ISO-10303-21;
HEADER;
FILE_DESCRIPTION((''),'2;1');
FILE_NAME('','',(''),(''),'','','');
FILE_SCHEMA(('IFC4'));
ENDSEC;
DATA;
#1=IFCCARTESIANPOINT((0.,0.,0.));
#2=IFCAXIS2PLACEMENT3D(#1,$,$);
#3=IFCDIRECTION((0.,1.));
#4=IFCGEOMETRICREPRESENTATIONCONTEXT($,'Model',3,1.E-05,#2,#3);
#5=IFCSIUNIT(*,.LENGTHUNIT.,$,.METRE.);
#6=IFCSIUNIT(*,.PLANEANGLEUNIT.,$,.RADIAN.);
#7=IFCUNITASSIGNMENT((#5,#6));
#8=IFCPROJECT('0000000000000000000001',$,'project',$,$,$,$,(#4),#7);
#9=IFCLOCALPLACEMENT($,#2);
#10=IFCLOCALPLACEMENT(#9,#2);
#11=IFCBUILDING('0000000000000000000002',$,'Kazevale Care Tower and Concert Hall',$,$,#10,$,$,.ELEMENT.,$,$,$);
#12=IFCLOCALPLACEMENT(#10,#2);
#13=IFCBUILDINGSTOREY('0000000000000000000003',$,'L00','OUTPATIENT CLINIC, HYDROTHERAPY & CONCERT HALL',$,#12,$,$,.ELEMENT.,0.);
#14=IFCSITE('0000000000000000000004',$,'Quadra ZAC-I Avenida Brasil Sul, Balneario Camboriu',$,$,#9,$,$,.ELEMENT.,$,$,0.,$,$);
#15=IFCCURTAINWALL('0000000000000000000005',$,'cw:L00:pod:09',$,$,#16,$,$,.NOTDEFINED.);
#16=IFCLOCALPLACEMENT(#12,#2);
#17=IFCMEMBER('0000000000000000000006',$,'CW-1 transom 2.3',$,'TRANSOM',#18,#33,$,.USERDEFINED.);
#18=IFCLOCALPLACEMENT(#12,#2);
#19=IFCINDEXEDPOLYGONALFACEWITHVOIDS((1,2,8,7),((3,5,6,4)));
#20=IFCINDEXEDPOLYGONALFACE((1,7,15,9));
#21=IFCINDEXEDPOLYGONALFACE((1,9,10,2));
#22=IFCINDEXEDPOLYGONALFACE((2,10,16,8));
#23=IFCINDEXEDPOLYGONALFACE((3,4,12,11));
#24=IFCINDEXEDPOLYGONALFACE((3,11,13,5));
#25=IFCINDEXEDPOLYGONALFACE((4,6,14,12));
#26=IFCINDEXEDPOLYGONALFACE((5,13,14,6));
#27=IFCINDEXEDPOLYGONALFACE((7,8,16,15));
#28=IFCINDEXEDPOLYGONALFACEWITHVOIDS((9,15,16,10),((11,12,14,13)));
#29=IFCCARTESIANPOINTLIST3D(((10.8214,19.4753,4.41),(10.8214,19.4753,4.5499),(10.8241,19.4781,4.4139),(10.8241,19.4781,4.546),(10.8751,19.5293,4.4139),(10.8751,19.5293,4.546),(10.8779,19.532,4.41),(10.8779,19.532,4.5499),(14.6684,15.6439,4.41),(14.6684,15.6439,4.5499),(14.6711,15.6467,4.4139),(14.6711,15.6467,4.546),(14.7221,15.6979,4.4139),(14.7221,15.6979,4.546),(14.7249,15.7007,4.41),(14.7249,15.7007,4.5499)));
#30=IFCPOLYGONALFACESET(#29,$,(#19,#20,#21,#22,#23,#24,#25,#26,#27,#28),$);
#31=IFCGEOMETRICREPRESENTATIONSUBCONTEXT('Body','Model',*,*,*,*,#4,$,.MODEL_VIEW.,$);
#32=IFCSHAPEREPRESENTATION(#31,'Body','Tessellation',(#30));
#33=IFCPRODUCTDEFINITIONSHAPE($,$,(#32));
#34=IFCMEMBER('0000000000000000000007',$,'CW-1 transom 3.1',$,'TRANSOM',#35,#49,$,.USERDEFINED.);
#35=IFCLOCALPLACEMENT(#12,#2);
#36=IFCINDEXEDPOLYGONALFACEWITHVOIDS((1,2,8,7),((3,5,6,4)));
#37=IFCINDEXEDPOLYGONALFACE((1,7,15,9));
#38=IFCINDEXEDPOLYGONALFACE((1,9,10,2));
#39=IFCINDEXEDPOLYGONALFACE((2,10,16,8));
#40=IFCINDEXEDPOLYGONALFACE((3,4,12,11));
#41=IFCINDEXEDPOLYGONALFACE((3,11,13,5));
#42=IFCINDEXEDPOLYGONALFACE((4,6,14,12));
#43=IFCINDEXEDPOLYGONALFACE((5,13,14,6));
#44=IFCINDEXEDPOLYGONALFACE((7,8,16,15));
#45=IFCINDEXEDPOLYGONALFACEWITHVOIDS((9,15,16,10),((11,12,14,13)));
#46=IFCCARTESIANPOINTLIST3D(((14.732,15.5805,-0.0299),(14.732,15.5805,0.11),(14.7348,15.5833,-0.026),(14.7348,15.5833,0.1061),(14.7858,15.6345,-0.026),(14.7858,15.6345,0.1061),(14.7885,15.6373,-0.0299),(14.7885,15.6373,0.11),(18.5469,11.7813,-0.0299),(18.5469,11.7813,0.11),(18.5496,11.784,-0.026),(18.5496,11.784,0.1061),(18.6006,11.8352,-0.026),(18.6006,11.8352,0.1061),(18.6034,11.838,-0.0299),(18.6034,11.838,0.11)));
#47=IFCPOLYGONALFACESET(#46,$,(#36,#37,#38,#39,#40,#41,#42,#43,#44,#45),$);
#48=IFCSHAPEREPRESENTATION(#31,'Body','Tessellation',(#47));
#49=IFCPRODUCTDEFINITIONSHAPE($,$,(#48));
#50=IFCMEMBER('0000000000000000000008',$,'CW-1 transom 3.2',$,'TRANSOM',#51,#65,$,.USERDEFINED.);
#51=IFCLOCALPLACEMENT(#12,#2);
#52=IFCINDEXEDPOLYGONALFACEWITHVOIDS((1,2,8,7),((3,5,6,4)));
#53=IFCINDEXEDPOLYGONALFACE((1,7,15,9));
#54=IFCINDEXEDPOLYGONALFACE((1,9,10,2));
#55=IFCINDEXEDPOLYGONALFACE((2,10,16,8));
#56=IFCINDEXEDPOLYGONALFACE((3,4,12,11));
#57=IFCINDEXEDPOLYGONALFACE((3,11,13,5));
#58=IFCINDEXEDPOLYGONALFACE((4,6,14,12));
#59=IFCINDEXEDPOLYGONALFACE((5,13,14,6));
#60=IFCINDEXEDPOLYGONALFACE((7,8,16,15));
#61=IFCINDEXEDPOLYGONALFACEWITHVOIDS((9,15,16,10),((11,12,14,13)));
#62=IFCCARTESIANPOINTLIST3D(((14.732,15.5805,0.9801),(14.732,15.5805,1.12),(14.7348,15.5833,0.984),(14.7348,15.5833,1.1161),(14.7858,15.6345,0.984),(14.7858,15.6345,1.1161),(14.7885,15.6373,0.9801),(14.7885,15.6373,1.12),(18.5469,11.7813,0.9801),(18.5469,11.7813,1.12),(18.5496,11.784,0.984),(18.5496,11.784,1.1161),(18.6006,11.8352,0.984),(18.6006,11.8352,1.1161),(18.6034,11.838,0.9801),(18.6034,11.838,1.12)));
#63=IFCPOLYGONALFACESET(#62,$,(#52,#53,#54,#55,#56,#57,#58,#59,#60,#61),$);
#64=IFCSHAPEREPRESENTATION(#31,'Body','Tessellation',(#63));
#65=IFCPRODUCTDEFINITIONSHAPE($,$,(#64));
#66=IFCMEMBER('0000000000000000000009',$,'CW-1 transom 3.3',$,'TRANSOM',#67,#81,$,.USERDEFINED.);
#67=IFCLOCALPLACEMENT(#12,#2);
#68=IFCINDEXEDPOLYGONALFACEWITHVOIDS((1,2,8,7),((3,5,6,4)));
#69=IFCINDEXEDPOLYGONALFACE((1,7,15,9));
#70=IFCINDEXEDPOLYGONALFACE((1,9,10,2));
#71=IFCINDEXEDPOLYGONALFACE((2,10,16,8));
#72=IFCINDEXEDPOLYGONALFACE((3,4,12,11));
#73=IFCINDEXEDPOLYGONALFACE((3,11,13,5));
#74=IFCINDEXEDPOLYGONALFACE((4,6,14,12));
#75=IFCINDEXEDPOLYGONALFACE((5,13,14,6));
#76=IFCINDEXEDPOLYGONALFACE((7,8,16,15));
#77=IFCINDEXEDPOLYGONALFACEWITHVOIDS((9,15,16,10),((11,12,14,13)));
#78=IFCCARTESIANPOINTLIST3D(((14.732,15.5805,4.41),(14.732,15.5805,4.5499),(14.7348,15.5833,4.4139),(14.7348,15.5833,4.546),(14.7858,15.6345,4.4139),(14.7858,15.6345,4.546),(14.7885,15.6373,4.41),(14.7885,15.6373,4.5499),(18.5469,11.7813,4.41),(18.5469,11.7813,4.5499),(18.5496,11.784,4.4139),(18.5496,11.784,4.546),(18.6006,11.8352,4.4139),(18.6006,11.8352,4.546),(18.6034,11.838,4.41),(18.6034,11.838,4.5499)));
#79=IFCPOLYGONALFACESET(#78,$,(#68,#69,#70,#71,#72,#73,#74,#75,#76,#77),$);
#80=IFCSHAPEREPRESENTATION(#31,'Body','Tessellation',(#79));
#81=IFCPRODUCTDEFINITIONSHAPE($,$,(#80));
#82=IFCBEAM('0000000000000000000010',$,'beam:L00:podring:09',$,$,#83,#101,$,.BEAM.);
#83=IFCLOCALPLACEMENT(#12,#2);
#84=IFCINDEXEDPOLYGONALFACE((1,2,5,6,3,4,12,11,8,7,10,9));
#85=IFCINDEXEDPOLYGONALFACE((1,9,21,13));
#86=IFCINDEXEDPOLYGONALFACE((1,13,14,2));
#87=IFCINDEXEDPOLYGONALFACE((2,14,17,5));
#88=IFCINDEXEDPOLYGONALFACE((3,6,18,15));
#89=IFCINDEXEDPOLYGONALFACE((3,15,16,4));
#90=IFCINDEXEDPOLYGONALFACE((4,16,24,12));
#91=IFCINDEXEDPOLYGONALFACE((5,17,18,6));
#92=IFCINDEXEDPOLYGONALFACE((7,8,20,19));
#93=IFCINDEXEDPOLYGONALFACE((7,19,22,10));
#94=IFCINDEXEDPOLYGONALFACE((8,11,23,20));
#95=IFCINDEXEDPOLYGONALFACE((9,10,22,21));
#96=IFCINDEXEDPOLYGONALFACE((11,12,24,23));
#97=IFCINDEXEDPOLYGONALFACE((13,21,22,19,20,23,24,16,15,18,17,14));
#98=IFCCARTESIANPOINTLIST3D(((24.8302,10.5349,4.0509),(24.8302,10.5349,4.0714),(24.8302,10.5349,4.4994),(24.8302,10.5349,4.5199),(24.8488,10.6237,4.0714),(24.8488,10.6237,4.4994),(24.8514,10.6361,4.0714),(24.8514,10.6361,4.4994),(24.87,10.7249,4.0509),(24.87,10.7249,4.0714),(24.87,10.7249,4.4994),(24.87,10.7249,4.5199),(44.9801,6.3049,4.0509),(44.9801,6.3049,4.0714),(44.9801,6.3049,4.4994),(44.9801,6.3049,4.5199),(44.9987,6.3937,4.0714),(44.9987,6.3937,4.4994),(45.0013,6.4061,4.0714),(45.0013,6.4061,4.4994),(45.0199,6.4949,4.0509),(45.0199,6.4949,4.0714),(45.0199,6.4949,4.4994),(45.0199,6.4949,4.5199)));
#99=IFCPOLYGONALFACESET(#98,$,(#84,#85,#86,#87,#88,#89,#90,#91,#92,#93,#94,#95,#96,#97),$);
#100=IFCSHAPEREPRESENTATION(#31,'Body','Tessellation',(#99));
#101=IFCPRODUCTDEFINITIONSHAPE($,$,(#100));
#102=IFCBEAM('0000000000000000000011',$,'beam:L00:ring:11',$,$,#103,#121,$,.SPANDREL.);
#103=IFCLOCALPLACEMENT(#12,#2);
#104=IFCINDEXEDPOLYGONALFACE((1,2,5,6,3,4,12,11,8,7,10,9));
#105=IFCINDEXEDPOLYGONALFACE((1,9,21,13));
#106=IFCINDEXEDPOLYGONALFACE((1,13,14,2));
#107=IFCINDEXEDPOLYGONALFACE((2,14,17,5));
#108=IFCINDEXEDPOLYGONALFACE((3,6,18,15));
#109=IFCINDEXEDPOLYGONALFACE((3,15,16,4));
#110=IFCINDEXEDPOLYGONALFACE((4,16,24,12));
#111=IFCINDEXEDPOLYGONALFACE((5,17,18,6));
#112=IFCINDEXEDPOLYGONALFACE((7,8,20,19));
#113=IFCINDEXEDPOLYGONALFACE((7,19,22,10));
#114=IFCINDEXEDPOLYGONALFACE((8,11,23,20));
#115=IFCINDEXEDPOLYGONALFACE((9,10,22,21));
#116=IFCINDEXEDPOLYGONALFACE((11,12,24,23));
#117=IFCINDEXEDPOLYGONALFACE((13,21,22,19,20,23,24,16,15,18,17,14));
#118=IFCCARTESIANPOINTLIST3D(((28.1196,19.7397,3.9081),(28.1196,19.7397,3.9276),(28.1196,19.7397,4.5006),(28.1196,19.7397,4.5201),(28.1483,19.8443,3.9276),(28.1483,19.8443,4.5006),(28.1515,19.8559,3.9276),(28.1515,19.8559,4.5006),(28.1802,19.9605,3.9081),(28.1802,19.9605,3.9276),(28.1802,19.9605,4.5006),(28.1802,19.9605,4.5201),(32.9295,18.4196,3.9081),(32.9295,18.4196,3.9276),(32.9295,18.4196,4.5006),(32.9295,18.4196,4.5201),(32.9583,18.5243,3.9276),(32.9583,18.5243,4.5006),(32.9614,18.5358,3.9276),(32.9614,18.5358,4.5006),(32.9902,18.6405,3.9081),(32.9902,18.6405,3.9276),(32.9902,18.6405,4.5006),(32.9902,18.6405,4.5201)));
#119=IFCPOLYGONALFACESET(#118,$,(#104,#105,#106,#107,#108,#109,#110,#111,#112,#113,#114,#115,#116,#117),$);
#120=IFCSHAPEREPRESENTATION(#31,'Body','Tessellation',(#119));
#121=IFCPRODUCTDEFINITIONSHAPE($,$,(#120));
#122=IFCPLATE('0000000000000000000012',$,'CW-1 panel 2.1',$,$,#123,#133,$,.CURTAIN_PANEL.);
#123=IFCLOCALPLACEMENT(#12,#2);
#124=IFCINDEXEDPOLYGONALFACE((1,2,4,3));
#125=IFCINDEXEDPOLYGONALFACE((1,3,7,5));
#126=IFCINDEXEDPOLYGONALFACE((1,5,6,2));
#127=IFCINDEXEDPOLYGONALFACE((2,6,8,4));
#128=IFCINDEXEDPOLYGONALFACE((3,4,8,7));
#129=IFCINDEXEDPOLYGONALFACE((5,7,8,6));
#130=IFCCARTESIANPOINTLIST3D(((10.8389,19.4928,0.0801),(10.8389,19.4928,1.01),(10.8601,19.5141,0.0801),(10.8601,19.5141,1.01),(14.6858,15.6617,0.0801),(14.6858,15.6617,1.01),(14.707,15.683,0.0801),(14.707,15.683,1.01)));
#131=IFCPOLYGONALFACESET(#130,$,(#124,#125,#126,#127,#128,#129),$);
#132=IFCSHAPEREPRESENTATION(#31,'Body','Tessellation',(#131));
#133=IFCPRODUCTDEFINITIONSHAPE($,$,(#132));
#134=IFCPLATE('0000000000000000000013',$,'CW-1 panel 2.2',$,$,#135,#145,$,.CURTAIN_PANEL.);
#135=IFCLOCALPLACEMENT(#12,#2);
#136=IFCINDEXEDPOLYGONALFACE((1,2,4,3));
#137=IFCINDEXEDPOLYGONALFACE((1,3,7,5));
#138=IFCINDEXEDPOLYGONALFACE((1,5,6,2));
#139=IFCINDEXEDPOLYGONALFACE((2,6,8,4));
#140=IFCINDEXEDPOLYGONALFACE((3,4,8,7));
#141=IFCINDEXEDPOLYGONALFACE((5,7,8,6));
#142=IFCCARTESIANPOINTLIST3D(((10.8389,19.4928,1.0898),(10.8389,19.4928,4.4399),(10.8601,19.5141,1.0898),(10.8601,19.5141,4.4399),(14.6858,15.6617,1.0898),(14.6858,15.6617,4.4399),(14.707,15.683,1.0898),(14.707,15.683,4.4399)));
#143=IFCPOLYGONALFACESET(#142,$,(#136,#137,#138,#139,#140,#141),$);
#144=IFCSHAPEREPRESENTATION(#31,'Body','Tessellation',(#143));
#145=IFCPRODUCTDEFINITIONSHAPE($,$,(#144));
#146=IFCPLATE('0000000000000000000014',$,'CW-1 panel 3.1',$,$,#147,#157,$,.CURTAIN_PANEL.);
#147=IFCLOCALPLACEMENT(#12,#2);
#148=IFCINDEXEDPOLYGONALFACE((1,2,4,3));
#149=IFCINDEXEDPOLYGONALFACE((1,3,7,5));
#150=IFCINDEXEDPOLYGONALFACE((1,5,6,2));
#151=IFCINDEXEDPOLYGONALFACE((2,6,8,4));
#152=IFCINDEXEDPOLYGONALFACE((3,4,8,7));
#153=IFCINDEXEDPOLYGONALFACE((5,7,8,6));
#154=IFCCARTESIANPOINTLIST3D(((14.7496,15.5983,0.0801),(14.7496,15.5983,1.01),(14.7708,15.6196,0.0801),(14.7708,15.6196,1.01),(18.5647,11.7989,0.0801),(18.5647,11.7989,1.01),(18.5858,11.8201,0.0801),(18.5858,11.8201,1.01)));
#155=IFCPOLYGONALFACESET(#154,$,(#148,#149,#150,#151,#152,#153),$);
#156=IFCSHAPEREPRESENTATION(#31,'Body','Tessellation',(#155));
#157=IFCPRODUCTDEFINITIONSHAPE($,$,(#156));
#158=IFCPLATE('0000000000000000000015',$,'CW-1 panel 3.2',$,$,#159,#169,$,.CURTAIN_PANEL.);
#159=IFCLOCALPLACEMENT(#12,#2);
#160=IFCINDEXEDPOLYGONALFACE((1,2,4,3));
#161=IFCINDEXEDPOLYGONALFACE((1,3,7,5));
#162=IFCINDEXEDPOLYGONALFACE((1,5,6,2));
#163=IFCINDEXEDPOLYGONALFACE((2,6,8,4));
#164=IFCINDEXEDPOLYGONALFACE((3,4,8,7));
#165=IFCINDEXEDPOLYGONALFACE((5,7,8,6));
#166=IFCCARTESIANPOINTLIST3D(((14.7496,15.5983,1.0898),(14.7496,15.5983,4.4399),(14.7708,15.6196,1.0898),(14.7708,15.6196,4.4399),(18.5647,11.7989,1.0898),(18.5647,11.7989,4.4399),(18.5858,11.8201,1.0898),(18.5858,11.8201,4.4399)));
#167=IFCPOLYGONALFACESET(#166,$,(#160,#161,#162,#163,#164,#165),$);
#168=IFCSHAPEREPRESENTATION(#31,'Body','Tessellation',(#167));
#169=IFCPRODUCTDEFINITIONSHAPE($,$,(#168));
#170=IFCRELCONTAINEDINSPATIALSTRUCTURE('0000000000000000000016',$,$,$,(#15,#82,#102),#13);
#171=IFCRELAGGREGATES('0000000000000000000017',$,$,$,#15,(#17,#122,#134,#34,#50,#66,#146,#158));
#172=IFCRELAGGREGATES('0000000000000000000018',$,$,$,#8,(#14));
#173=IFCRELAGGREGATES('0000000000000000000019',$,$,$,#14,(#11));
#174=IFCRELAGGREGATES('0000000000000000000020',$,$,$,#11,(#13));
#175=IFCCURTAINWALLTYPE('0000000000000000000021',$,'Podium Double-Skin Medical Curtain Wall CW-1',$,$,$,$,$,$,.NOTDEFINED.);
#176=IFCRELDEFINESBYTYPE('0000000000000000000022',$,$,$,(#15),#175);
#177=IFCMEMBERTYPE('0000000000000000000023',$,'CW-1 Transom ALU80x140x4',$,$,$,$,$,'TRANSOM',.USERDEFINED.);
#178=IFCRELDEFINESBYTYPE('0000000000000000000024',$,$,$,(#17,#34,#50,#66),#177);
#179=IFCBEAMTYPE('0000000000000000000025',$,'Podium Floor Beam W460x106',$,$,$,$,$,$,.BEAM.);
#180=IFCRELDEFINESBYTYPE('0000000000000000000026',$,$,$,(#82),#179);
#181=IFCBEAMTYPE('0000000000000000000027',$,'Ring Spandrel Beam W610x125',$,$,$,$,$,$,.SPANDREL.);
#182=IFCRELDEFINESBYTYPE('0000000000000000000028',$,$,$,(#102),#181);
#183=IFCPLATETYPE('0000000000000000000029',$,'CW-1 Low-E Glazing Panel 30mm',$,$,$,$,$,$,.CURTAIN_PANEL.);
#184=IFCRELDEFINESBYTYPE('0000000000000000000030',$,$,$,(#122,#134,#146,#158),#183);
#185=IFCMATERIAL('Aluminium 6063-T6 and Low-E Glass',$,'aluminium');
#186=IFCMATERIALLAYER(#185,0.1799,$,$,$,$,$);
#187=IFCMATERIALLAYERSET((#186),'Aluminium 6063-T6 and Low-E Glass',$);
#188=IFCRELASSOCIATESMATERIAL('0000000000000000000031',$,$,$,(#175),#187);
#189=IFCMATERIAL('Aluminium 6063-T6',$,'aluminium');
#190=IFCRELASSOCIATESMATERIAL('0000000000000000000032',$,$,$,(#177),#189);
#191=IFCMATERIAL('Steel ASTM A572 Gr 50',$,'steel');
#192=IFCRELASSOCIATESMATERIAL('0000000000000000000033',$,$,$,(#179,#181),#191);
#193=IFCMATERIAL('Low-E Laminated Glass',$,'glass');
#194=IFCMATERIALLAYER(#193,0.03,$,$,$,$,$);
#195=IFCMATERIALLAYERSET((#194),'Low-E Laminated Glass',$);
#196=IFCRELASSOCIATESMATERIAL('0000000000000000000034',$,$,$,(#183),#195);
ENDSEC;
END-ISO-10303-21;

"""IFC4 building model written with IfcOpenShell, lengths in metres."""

from ifc_helpers import new_model, si_unit, direction, frame, origin, origin_2d, place, context, subcontext, project, spatial, rectangle, hollow_rectangle, i_section, extrude, material, layer, layer_set, material_profile, profile_set, type_object, element, aggregate, save


model = new_model("IFC4")

# Units and contexts
model_context = context("Model", 3, precision=1e-05, world=origin(), true_north=direction((0.0, 1.0)))
body_context = subcontext(model_context, "Body", "Model", "MODEL_VIEW")
ifc_project = project(units=[si_unit("LENGTHUNIT", "METRE"), si_unit("PLANEANGLEUNIT", "RADIAN")], contexts=[model_context])

# Site, building, storey
site_placement = place(None, origin())
site = spatial("IfcSite", under=ifc_project, at=site_placement, Name="Quadra ZAC-I Avenida Brasil Sul, Balneario Camboriu", CompositionType="ELEMENT", RefElevation=0.0)
building_placement = place(site_placement, origin())
building = spatial("IfcBuilding", under=site, at=building_placement, Name="Kazevale Care Tower and Concert Hall", CompositionType="ELEMENT")
storey_placement = place(building_placement, origin())
storey = spatial("IfcBuildingStorey", under=building, at=storey_placement, Name="L00", Description="OUTPATIENT CLINIC, HYDROTHERAPY & CONCERT HALL", CompositionType="ELEMENT", Elevation=0.0)

# Curtain wall, members
ifc_material_1 = material(Name="Aluminium 6063-T6 and Low-E Glass", Category="aluminium")
ifc_layer_1 = layer(ifc_material_1, 0.1799)
ifc_layer_set_1 = layer_set([ifc_layer_1], Name="Aluminium 6063-T6 and Low-E Glass")
curtain_wall_type = type_object("IfcCurtainWallType", Name="Podium Double-Skin Medical Curtain Wall CW-1", PredefinedType="NOTDEFINED", material=ifc_layer_set_1)
curtain_wall_placement = place(storey_placement, origin())
curtain_wall = element("IfcCurtainWall", 1, at=curtain_wall_placement, inside=storey, type_object=curtain_wall_type, Name="cw:L00:pod:09", PredefinedType="NOTDEFINED")
ifc_material_2 = material(Name="Aluminium 6063-T6", Category="aluminium")
ifc_material_profile_1 = material_profile(ifc_material_2, hollow_rectangle(XDim=0.0801, YDim=0.1399, WallThickness=0.0039, at=origin_2d()), Name="ALU80x140x4")
ifc_profile_set_1 = profile_set([ifc_material_profile_1], Name="Aluminium 6063-T6")
member_type_1 = type_object("IfcMemberType", Name="CW-1 Transom ALU80x140x4", ElementType="TRANSOM", PredefinedType="USERDEFINED", material=ifc_profile_set_1)
member_1_placement = place(storey_placement, frame((10.8496, 19.5037, 4.48), z_axis=(0.708544, -0.705666, 0.0), x_axis=(0.705666, 0.708544, 0.0)))
member_1 = element("IfcMember", 2, at=member_1_placement, type_object=member_type_1, Name="CW-1 transom 2.3", ObjectType="TRANSOM", PredefinedType="USERDEFINED", context=body_context, shape_type="SweptSolid", body=[
    extrude(hollow_rectangle(XDim=0.0801, YDim=0.1399, WallThickness=0.0039, at=origin_2d()), origin(), (0.0, 0.0, 1.0), 5.4294),
])
member_2_placement = place(storey_placement, frame((14.7603, 15.6089, 0.04), z_axis=(0.708556, -0.705654, 0.0), x_axis=(0.705654, 0.708556, 0.0)))
member_2 = element("IfcMember", 3, at=member_2_placement, type_object=member_type_1, Name="CW-1 transom 3.1", ObjectType="TRANSOM", PredefinedType="USERDEFINED", context=body_context, shape_type="SweptSolid", body=[
    extrude(hollow_rectangle(XDim=0.0801, YDim=0.1399, WallThickness=0.0039, at=origin_2d()), origin(), (0.0, 0.0, 1.0), 5.384),
])
member_3_placement = place(storey_placement, frame((14.7603, 15.6089, 1.05), z_axis=(0.708556, -0.705654, 0.0), x_axis=(0.705654, 0.708556, 0.0)))
member_3 = element("IfcMember", 4, at=member_3_placement, type_object=member_type_1, Name="CW-1 transom 3.2", ObjectType="TRANSOM", PredefinedType="USERDEFINED", context=body_context, shape_type="SweptSolid", body=[
    extrude(hollow_rectangle(XDim=0.0801, YDim=0.1399, WallThickness=0.0039, at=origin_2d()), origin(), (0.0, 0.0, 1.0), 5.384),
])
member_4_placement = place(storey_placement, frame((14.7603, 15.6089, 4.48), z_axis=(0.708556, -0.705654, 0.0), x_axis=(0.705654, 0.708556, 0.0)))
member_4 = element("IfcMember", 5, at=member_4_placement, type_object=member_type_1, Name="CW-1 transom 3.3", ObjectType="TRANSOM", PredefinedType="USERDEFINED", context=body_context, shape_type="SweptSolid", body=[
    extrude(hollow_rectangle(XDim=0.0801, YDim=0.1399, WallThickness=0.0039, at=origin_2d()), origin(), (0.0, 0.0, 1.0), 5.384),
])

# Beams
ifc_material_3 = material(Name="Steel ASTM A572 Gr 50", Category="steel")
ifc_material_profile_2 = material_profile(ifc_material_3, i_section(OverallWidth=0.1941, OverallDepth=0.469, WebThickness=0.0127, FlangeThickness=0.0205, at=origin_2d()), Name="W460x106")
ifc_profile_set_2 = profile_set([ifc_material_profile_2], Name="Steel ASTM A572 Gr 50")
beam_type_1 = type_object("IfcBeamType", Name="Podium Floor Beam W460x106", PredefinedType="BEAM", material=ifc_profile_set_2)
beam_1_placement = place(storey_placement, frame((24.8501, 10.6299, 4.2854), z_axis=(0.978668, -0.205448, 0.0), x_axis=(0.205448, 0.978668, 0.0)))
element("IfcBeam", 6, at=beam_1_placement, inside=storey, type_object=beam_type_1, Name="beam:L00:podring:09", PredefinedType="BEAM", context=body_context, shape_type="SweptSolid", body=[
    extrude(i_section(OverallWidth=0.1941, OverallDepth=0.469, WebThickness=0.0127, FlangeThickness=0.0205, at=origin_2d()), origin(), (0.0, 0.0, 1.0), 20.5891),
])
ifc_material_profile_3 = material_profile(ifc_material_3, i_section(OverallWidth=0.229, OverallDepth=0.6121, WebThickness=0.012, FlangeThickness=0.0195, at=origin_2d()), Name="W610x125")
ifc_profile_set_3 = profile_set([ifc_material_profile_3], Name="Steel ASTM A572 Gr 50")
beam_type_2 = type_object("IfcBeamType", Name="Ring Spandrel Beam W610x125", PredefinedType="SPANDREL", material=ifc_profile_set_3)
beam_2_placement = place(storey_placement, frame((28.1499, 19.8501, 4.2141), z_axis=(0.964344, -0.264654, 0.0), x_axis=(0.264654, 0.964344, 0.0)))
element("IfcBeam", 7, at=beam_2_placement, inside=storey, type_object=beam_type_2, Name="beam:L00:ring:11", PredefinedType="SPANDREL", context=body_context, shape_type="SweptSolid", body=[
    extrude(i_section(OverallWidth=0.229, OverallDepth=0.6121, WebThickness=0.012, FlangeThickness=0.0195, at=origin_2d()), origin(), (0.0, 0.0, 1.0), 4.9878),
])

# Plates
ifc_material_4 = material(Name="Low-E Laminated Glass", Category="glass")
ifc_layer_2 = layer(ifc_material_4, 0.03)
ifc_layer_set_2 = layer_set([ifc_layer_2], Name="Low-E Laminated Glass")
plate_type = type_object("IfcPlateType", Name="CW-1 Low-E Glazing Panel 30mm", PredefinedType="CURTAIN_PANEL", material=ifc_layer_set_2)
plate_1_placement = place(storey_placement, frame((12.7729, 17.5879, 0.0801), z_axis=(0.0, 0.0, 1.0), x_axis=(0.708555, -0.705656, 0.0)))
plate_1 = element("IfcPlate", 8, at=plate_1_placement, type_object=plate_type, Name="CW-1 panel 2.1", PredefinedType="CURTAIN_PANEL", context=body_context, shape_type="SweptSolid", body=[
    extrude(rectangle(XDim=5.4292, YDim=0.03, at=origin_2d()), origin(), (0.0, 0.0, 1.0), 0.9299),
])
plate_2_placement = place(storey_placement, frame((12.7729, 17.5879, 1.0898), z_axis=(0.0, 0.0, 1.0), x_axis=(0.708555, -0.705656, 0.0)))
plate_2 = element("IfcPlate", 9, at=plate_2_placement, type_object=plate_type, Name="CW-1 panel 2.2", PredefinedType="CURTAIN_PANEL", context=body_context, shape_type="SweptSolid", body=[
    extrude(rectangle(XDim=5.4292, YDim=0.03, at=origin_2d()), origin(), (0.0, 0.0, 1.0), 3.3501),
])
plate_3_placement = place(storey_placement, frame((16.6677, 13.7092, 0.0801), z_axis=(0.0, 0.0, 1.0), x_axis=(0.708555, -0.705656, 0.0)))
plate_3 = element("IfcPlate", 10, at=plate_3_placement, type_object=plate_type, Name="CW-1 panel 3.1", PredefinedType="CURTAIN_PANEL", context=body_context, shape_type="SweptSolid", body=[
    extrude(rectangle(XDim=5.3843, YDim=0.03, at=origin_2d()), origin(), (0.0, 0.0, 1.0), 0.9299),
])
plate_4_placement = place(storey_placement, frame((16.6677, 13.7092, 1.0898), z_axis=(0.0, 0.0, 1.0), x_axis=(0.708555, -0.705656, 0.0)))
plate_4 = element("IfcPlate", 11, at=plate_4_placement, type_object=plate_type, Name="CW-1 panel 3.2", PredefinedType="CURTAIN_PANEL", context=body_context, shape_type="SweptSolid", body=[
    extrude(rectangle(XDim=5.3843, YDim=0.03, at=origin_2d()), origin(), (0.0, 0.0, 1.0), 3.3501),
])
aggregate(curtain_wall, [member_1, plate_1, plate_2, member_2, member_3, member_4, plate_3, plate_4])

save(model, "model.ifc")
